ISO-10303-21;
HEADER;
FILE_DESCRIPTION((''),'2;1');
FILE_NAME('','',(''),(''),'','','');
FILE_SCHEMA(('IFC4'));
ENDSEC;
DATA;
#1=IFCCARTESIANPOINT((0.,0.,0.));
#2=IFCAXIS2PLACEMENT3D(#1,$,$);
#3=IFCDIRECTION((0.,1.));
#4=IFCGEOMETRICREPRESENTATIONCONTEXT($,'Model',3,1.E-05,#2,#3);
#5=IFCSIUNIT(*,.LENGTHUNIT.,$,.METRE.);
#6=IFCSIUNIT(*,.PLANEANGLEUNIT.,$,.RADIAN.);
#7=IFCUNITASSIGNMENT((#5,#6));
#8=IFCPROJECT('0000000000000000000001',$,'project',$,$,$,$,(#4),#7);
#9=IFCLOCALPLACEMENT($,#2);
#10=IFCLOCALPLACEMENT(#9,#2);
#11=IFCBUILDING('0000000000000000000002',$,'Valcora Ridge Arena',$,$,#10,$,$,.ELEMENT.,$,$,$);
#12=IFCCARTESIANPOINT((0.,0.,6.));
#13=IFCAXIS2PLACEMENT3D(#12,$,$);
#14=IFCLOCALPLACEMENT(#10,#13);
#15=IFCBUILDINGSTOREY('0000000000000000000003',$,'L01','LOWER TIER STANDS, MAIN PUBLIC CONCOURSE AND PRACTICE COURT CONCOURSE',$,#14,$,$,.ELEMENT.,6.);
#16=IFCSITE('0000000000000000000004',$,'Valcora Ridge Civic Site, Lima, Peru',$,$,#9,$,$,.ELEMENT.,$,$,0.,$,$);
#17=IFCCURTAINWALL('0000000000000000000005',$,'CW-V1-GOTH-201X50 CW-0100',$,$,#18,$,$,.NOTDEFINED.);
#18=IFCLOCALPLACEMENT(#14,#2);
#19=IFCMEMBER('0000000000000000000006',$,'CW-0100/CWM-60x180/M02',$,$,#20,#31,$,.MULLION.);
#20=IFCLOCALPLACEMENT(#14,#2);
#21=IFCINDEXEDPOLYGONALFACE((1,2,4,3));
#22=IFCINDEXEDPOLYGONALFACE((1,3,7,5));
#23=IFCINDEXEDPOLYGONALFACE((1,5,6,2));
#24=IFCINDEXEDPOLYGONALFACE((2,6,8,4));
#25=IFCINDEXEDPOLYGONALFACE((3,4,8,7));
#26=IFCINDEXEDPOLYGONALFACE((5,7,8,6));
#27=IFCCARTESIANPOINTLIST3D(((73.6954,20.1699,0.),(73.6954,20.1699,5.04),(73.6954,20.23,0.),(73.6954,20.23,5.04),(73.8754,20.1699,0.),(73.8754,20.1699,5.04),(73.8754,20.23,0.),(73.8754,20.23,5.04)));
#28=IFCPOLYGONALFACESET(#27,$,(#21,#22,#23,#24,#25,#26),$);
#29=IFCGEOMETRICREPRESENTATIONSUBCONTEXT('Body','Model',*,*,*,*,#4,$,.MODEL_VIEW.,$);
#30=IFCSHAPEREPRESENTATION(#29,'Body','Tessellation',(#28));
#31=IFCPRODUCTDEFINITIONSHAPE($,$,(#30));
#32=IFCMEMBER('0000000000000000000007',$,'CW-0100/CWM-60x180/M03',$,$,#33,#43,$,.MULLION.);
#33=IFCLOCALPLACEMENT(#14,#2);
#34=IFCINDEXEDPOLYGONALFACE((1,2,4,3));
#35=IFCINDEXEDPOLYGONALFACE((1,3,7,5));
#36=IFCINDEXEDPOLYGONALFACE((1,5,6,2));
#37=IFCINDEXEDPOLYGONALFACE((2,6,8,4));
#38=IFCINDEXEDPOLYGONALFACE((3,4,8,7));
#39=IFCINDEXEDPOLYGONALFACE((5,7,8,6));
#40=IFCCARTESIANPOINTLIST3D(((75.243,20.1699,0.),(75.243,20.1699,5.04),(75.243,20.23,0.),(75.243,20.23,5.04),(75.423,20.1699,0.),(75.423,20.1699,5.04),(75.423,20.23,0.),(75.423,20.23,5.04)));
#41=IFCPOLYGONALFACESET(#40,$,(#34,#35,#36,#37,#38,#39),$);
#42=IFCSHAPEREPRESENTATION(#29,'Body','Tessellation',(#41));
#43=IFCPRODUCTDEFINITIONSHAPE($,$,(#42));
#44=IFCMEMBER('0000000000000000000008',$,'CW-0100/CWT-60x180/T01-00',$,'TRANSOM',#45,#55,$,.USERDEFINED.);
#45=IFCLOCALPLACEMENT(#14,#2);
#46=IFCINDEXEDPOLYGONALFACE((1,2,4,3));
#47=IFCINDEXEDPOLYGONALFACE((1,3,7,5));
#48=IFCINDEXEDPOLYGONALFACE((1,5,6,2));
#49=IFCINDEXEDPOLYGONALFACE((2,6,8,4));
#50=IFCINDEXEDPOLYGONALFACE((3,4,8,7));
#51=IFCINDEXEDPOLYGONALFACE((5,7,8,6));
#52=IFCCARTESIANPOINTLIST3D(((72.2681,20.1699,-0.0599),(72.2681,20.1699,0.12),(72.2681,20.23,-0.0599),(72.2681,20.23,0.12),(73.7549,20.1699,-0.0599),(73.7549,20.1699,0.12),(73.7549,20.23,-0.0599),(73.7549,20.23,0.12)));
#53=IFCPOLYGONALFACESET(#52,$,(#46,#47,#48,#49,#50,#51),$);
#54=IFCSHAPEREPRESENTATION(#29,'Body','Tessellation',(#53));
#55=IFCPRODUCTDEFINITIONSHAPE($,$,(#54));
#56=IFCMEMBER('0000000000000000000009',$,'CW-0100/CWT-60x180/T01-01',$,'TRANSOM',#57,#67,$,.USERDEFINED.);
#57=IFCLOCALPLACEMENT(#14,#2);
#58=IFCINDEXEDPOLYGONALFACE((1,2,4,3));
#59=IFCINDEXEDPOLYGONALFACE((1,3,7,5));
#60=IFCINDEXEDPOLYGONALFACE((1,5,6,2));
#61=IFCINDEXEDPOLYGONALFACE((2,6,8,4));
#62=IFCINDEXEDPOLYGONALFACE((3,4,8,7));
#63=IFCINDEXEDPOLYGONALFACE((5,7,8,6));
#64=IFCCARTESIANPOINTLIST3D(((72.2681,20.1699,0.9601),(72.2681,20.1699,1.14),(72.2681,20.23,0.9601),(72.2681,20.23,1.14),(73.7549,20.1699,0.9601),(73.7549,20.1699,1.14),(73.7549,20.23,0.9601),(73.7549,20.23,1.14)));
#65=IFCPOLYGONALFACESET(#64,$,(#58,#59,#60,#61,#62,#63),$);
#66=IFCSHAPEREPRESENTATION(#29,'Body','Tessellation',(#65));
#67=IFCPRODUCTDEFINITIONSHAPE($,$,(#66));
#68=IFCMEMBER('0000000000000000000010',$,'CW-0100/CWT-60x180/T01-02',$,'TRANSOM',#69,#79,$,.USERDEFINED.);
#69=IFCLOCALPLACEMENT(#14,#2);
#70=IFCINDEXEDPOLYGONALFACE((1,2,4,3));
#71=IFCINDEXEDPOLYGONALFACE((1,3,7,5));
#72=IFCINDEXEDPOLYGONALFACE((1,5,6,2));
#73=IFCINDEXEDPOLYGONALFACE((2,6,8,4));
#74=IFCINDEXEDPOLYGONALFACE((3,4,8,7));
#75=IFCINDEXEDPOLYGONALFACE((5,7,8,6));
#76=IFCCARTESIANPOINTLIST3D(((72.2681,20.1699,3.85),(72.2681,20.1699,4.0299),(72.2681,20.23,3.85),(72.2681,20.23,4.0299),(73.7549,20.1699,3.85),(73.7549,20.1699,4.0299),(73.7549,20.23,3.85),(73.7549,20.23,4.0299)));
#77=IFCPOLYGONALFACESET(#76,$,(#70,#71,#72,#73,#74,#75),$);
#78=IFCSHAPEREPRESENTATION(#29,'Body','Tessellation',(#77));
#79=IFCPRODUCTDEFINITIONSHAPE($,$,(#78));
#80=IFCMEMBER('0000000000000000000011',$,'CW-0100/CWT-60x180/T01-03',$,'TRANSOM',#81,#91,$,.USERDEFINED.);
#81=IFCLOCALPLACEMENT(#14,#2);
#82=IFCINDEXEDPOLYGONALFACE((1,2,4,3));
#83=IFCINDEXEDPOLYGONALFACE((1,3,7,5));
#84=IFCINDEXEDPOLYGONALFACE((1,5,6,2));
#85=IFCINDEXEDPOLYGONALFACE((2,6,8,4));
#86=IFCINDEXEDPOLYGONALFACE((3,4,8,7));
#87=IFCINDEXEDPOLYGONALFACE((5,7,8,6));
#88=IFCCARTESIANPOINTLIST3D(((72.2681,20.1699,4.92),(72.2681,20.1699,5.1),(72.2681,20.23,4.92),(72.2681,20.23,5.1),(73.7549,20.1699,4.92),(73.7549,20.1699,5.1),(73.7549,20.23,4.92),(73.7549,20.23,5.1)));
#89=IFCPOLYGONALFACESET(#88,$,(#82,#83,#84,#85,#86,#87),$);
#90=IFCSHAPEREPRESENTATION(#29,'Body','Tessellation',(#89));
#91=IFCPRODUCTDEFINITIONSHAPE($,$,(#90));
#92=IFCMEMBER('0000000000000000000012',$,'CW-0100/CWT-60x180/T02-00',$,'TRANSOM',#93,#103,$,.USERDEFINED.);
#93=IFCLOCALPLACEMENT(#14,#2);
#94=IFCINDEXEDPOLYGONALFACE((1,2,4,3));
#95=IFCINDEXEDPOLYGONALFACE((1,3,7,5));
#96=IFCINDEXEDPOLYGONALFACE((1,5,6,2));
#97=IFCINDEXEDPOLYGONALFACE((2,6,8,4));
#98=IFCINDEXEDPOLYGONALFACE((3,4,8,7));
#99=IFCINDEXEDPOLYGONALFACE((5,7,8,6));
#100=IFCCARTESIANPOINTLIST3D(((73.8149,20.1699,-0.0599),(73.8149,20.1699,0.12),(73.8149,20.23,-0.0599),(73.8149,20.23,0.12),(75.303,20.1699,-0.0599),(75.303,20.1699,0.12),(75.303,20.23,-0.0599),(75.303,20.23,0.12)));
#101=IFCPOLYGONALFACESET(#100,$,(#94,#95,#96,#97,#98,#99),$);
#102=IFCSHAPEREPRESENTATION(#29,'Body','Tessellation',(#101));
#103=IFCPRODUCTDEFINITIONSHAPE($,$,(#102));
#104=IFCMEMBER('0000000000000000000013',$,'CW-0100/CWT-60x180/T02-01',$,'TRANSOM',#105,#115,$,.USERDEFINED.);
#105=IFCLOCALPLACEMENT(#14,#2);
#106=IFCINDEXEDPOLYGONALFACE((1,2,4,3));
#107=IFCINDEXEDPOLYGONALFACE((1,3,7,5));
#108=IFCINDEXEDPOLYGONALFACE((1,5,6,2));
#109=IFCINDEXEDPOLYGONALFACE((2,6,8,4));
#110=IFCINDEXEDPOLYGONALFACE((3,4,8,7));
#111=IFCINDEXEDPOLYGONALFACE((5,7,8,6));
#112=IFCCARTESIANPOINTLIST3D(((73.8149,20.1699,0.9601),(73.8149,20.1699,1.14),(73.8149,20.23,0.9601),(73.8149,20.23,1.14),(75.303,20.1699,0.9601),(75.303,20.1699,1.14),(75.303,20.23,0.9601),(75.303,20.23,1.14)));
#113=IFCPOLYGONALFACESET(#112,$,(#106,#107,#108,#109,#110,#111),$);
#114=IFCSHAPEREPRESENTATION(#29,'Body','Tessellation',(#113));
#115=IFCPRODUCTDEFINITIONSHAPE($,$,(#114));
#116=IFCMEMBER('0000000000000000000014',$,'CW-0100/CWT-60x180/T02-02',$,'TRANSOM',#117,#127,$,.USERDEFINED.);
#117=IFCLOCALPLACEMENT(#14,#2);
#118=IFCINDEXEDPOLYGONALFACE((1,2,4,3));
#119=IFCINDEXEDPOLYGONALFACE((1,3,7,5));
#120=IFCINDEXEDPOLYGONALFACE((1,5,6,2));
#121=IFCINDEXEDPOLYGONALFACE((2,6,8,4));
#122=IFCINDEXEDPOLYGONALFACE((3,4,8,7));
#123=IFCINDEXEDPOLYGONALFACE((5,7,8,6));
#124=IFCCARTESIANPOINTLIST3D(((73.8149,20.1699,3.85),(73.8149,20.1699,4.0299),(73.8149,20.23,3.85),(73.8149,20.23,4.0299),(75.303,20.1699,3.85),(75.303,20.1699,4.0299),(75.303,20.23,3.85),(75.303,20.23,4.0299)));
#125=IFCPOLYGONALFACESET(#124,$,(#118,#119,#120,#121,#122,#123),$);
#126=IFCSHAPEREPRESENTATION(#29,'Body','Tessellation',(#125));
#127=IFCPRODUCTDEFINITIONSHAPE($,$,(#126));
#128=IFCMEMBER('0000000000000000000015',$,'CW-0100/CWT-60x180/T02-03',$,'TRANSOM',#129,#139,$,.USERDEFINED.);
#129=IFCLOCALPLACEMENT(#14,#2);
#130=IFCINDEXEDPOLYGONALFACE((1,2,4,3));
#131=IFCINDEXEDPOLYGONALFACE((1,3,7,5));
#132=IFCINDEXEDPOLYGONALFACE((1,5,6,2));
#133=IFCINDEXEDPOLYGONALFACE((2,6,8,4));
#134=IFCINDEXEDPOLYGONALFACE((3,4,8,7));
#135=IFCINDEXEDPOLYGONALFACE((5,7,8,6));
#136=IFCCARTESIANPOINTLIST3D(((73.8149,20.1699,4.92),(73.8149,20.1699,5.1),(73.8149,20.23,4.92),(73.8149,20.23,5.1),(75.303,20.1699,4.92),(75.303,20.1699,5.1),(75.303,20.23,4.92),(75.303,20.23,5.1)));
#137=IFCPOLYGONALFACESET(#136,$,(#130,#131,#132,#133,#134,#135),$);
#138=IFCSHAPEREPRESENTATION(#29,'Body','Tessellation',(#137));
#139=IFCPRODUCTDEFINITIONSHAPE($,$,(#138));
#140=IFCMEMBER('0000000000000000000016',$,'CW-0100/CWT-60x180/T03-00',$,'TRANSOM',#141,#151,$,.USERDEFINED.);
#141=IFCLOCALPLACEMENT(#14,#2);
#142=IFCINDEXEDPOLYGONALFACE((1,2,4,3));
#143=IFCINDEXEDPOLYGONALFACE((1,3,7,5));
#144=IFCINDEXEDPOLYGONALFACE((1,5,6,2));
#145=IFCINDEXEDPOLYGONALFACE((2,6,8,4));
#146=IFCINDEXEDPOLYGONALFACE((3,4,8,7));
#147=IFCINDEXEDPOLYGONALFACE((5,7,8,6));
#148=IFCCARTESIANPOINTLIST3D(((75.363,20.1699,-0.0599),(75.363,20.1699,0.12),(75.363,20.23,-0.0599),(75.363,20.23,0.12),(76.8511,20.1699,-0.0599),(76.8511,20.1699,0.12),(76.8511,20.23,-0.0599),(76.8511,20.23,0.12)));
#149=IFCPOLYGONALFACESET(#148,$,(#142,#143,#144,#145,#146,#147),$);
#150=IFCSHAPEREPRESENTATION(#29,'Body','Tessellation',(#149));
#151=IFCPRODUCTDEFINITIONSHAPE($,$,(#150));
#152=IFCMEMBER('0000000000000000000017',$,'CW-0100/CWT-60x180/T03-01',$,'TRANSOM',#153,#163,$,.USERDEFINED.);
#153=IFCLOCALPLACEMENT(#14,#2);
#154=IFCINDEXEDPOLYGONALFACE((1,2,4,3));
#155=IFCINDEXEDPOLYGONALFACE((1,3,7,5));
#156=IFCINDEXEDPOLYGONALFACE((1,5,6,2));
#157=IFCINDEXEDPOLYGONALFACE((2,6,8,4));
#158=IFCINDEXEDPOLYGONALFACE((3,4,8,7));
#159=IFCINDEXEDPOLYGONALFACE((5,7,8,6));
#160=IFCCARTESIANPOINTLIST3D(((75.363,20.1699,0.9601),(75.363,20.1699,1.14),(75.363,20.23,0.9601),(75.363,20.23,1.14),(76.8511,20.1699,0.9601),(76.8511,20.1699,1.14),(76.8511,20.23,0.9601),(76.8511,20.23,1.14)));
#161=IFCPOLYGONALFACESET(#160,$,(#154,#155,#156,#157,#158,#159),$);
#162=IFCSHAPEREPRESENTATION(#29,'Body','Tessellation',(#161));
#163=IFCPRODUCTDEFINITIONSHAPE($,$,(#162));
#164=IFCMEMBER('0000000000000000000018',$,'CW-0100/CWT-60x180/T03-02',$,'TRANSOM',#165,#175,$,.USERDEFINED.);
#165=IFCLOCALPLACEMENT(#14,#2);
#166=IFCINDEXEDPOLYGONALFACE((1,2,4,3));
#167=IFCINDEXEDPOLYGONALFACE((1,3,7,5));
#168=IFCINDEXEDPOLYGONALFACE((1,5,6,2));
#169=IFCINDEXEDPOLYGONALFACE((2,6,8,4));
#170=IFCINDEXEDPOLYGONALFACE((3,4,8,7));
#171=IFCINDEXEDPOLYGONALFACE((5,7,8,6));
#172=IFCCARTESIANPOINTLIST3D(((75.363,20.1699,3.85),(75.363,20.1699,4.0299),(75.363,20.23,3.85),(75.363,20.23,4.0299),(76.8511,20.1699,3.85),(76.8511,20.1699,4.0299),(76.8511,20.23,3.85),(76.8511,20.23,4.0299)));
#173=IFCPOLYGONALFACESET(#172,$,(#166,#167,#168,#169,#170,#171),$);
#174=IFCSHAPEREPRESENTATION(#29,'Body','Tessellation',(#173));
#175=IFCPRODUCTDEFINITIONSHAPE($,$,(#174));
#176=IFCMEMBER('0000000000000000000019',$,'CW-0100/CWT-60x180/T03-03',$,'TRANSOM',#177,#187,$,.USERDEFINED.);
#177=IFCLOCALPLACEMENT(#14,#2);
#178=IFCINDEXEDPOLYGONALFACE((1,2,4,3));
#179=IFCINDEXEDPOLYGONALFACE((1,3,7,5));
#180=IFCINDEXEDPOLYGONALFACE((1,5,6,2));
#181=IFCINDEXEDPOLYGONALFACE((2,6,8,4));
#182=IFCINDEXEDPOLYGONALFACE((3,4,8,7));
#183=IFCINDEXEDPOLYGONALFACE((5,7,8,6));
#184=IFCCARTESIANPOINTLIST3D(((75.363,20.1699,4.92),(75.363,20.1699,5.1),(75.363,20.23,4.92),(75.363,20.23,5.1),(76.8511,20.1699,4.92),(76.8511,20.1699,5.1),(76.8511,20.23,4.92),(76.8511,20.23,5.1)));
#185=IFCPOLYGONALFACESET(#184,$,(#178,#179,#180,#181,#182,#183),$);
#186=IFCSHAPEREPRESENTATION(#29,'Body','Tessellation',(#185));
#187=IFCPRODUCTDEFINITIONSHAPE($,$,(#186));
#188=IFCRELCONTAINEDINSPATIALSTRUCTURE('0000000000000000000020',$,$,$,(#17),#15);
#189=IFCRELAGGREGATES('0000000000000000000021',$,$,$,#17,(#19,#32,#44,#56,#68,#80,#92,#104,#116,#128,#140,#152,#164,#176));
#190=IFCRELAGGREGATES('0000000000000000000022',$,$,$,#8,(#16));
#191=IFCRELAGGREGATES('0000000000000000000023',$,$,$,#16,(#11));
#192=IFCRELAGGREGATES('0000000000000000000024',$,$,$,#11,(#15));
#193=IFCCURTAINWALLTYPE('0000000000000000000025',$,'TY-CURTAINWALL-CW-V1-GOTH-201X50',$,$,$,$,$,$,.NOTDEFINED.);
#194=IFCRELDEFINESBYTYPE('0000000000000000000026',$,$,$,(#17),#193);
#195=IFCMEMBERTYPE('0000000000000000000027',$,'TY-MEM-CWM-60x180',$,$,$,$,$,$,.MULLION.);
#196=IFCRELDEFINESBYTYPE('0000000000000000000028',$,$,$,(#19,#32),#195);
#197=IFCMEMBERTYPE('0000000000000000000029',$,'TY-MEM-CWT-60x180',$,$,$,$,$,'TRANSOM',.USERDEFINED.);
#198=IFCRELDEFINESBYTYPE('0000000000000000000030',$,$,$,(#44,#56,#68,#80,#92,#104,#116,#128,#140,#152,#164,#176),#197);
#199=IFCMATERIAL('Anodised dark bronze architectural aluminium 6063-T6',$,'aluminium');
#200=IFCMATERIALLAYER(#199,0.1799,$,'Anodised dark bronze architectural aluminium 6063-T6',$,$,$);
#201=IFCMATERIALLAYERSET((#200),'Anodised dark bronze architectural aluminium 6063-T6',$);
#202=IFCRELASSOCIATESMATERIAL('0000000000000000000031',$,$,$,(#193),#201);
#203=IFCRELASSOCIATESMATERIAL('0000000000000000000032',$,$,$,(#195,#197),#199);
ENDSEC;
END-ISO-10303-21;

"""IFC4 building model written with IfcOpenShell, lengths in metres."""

from ifc_helpers import new_model, si_unit, direction, frame, origin, origin_2d, place, context, subcontext, project, spatial, rectangle, extrude, material, layer, layer_set, material_profile, profile_set, type_object, element, aggregate, save


model = new_model("IFC4")

# Units and contexts
model_context = context("Model", 3, precision=1e-05, world=origin(), true_north=direction((0.0, 1.0)))
body_context = subcontext(model_context, "Body", "Model", "MODEL_VIEW")
ifc_project = project(units=[si_unit("LENGTHUNIT", "METRE"), si_unit("PLANEANGLEUNIT", "RADIAN")], contexts=[model_context])

# Site, building, storey
site_placement = place(None, origin())
site = spatial("IfcSite", under=ifc_project, at=site_placement, Name="Valcora Ridge Civic Site, Lima, Peru", CompositionType="ELEMENT", RefElevation=0.0)
building_placement = place(site_placement, origin())
building = spatial("IfcBuilding", under=site, at=building_placement, Name="Valcora Ridge Arena", CompositionType="ELEMENT")
storey_placement = place(building_placement, frame((0.0, 0.0, 6.0)))
storey = spatial("IfcBuildingStorey", under=building, at=storey_placement, Name="L01", Description="LOWER TIER STANDS, MAIN PUBLIC CONCOURSE AND PRACTICE COURT CONCOURSE", CompositionType="ELEMENT", Elevation=6.0)

# Curtain wall, members
ifc_material_1 = material(Name="Anodised dark bronze architectural aluminium 6063-T6", Category="aluminium")
ifc_layer_1 = layer(ifc_material_1, 0.1799, Name="Anodised dark bronze architectural aluminium 6063-T6")
ifc_layer_set_1 = layer_set([ifc_layer_1], Name="Anodised dark bronze architectural aluminium 6063-T6")
curtain_wall_type = type_object("IfcCurtainWallType", Name="TY-CURTAINWALL-CW-V1-GOTH-201X50", PredefinedType="NOTDEFINED", material=ifc_layer_set_1)
curtain_wall_placement = place(storey_placement, origin())
curtain_wall = element("IfcCurtainWall", 1, at=curtain_wall_placement, inside=storey, type_object=curtain_wall_type, Name="CW-V1-GOTH-201X50 CW-0100", PredefinedType="NOTDEFINED")
ifc_material_profile_1 = material_profile(ifc_material_1, rectangle(XDim=0.0601, YDim=0.1799, at=origin_2d()), Name="ALU MULLION 60x180")
ifc_profile_set_1 = profile_set([ifc_material_profile_1], Name="Anodised dark bronze architectural aluminium 6063-T6")
member_type_1 = type_object("IfcMemberType", Name="TY-MEM-CWM-60x180", PredefinedType="MULLION", material=ifc_profile_set_1)
member_1_placement = place(storey_placement, frame((73.7854, 20.2, 0.0), z_axis=(0.0, 0.0, 1.0), x_axis=(0.0, 1.0, 0.0)))
member_1 = element("IfcMember", 2, at=member_1_placement, type_object=member_type_1, Name="CW-0100/CWM-60x180/M02", PredefinedType="MULLION", context=body_context, shape_type="SweptSolid", body=[
    extrude(rectangle(XDim=0.0601, YDim=0.1799, at=origin_2d()), origin(), (0.0, 0.0, 1.0), 5.04),
])
member_2_placement = place(storey_placement, frame((75.333, 20.2, 0.0), z_axis=(0.0, 0.0, 1.0), x_axis=(0.0, 1.0, 0.0)))
member_2 = element("IfcMember", 3, at=member_2_placement, type_object=member_type_1, Name="CW-0100/CWM-60x180/M03", PredefinedType="MULLION", context=body_context, shape_type="SweptSolid", body=[
    extrude(rectangle(XDim=0.0601, YDim=0.1799, at=origin_2d()), origin(), (0.0, 0.0, 1.0), 5.04),
])
ifc_material_profile_2 = material_profile(ifc_material_1, rectangle(XDim=0.0601, YDim=0.1799, at=origin_2d()), Name="ALU TRANSOM 60x180")
ifc_profile_set_2 = profile_set([ifc_material_profile_2], Name="Anodised dark bronze architectural aluminium 6063-T6")
member_type_2 = type_object("IfcMemberType", Name="TY-MEM-CWT-60x180", ElementType="TRANSOM", PredefinedType="USERDEFINED", material=ifc_profile_set_2)
member_3_placement = place(storey_placement, frame((72.2681, 20.2, 0.03), z_axis=(1.0, 0.0, 0.0), x_axis=(0.0, 1.0, 0.0)))
member_3 = element("IfcMember", 4, at=member_3_placement, type_object=member_type_2, Name="CW-0100/CWT-60x180/T01-00", ObjectType="TRANSOM", PredefinedType="USERDEFINED", context=body_context, shape_type="SweptSolid", body=[
    extrude(rectangle(XDim=0.0601, YDim=0.1799, at=origin_2d()), origin(), (0.0, 0.0, 1.0), 1.4868),
])
member_4_placement = place(storey_placement, frame((72.2681, 20.2, 1.05), z_axis=(1.0, 0.0, 0.0), x_axis=(0.0, 1.0, 0.0)))
member_4 = element("IfcMember", 5, at=member_4_placement, type_object=member_type_2, Name="CW-0100/CWT-60x180/T01-01", ObjectType="TRANSOM", PredefinedType="USERDEFINED", context=body_context, shape_type="SweptSolid", body=[
    extrude(rectangle(XDim=0.0601, YDim=0.1799, at=origin_2d()), origin(), (0.0, 0.0, 1.0), 1.4868),
])
member_5_placement = place(storey_placement, frame((72.2681, 20.2, 3.9399), z_axis=(1.0, 0.0, 0.0), x_axis=(0.0, 1.0, 0.0)))
member_5 = element("IfcMember", 6, at=member_5_placement, type_object=member_type_2, Name="CW-0100/CWT-60x180/T01-02", ObjectType="TRANSOM", PredefinedType="USERDEFINED", context=body_context, shape_type="SweptSolid", body=[
    extrude(rectangle(XDim=0.0601, YDim=0.1799, at=origin_2d()), origin(), (0.0, 0.0, 1.0), 1.4868),
])
member_6_placement = place(storey_placement, frame((72.2681, 20.2, 5.01), z_axis=(1.0, 0.0, 0.0), x_axis=(0.0, 1.0, 0.0)))
member_6 = element("IfcMember", 7, at=member_6_placement, type_object=member_type_2, Name="CW-0100/CWT-60x180/T01-03", ObjectType="TRANSOM", PredefinedType="USERDEFINED", context=body_context, shape_type="SweptSolid", body=[
    extrude(rectangle(XDim=0.0601, YDim=0.1799, at=origin_2d()), origin(), (0.0, 0.0, 1.0), 1.4868),
])
member_7_placement = place(storey_placement, frame((73.8149, 20.2, 0.03), z_axis=(1.0, 0.0, 0.0), x_axis=(0.0, 1.0, 0.0)))
member_7 = element("IfcMember", 8, at=member_7_placement, type_object=member_type_2, Name="CW-0100/CWT-60x180/T02-00", ObjectType="TRANSOM", PredefinedType="USERDEFINED", context=body_context, shape_type="SweptSolid", body=[
    extrude(rectangle(XDim=0.0601, YDim=0.1799, at=origin_2d()), origin(), (0.0, 0.0, 1.0), 1.488),
])
member_8_placement = place(storey_placement, frame((73.8149, 20.2, 1.05), z_axis=(1.0, 0.0, 0.0), x_axis=(0.0, 1.0, 0.0)))
member_8 = element("IfcMember", 9, at=member_8_placement, type_object=member_type_2, Name="CW-0100/CWT-60x180/T02-01", ObjectType="TRANSOM", PredefinedType="USERDEFINED", context=body_context, shape_type="SweptSolid", body=[
    extrude(rectangle(XDim=0.0601, YDim=0.1799, at=origin_2d()), origin(), (0.0, 0.0, 1.0), 1.488),
])
member_9_placement = place(storey_placement, frame((73.8149, 20.2, 3.9399), z_axis=(1.0, 0.0, 0.0), x_axis=(0.0, 1.0, 0.0)))
member_9 = element("IfcMember", 10, at=member_9_placement, type_object=member_type_2, Name="CW-0100/CWT-60x180/T02-02", ObjectType="TRANSOM", PredefinedType="USERDEFINED", context=body_context, shape_type="SweptSolid", body=[
    extrude(rectangle(XDim=0.0601, YDim=0.1799, at=origin_2d()), origin(), (0.0, 0.0, 1.0), 1.488),
])
member_10_placement = place(storey_placement, frame((73.8149, 20.2, 5.01), z_axis=(1.0, 0.0, 0.0), x_axis=(0.0, 1.0, 0.0)))
member_10 = element("IfcMember", 11, at=member_10_placement, type_object=member_type_2, Name="CW-0100/CWT-60x180/T02-03", ObjectType="TRANSOM", PredefinedType="USERDEFINED", context=body_context, shape_type="SweptSolid", body=[
    extrude(rectangle(XDim=0.0601, YDim=0.1799, at=origin_2d()), origin(), (0.0, 0.0, 1.0), 1.488),
])
member_11_placement = place(storey_placement, frame((75.363, 20.2, 0.03), z_axis=(1.0, 0.0, 0.0), x_axis=(0.0, 1.0, 0.0)))
member_11 = element("IfcMember", 12, at=member_11_placement, type_object=member_type_2, Name="CW-0100/CWT-60x180/T03-00", ObjectType="TRANSOM", PredefinedType="USERDEFINED", context=body_context, shape_type="SweptSolid", body=[
    extrude(rectangle(XDim=0.0601, YDim=0.1799, at=origin_2d()), origin(), (0.0, 0.0, 1.0), 1.488),
])
member_12_placement = place(storey_placement, frame((75.363, 20.2, 1.05), z_axis=(1.0, 0.0, 0.0), x_axis=(0.0, 1.0, 0.0)))
member_12 = element("IfcMember", 13, at=member_12_placement, type_object=member_type_2, Name="CW-0100/CWT-60x180/T03-01", ObjectType="TRANSOM", PredefinedType="USERDEFINED", context=body_context, shape_type="SweptSolid", body=[
    extrude(rectangle(XDim=0.0601, YDim=0.1799, at=origin_2d()), origin(), (0.0, 0.0, 1.0), 1.488),
])
member_13_placement = place(storey_placement, frame((75.363, 20.2, 3.9399), z_axis=(1.0, 0.0, 0.0), x_axis=(0.0, 1.0, 0.0)))
member_13 = element("IfcMember", 14, at=member_13_placement, type_object=member_type_2, Name="CW-0100/CWT-60x180/T03-02", ObjectType="TRANSOM", PredefinedType="USERDEFINED", context=body_context, shape_type="SweptSolid", body=[
    extrude(rectangle(XDim=0.0601, YDim=0.1799, at=origin_2d()), origin(), (0.0, 0.0, 1.0), 1.488),
])
member_14_placement = place(storey_placement, frame((75.363, 20.2, 5.01), z_axis=(1.0, 0.0, 0.0), x_axis=(0.0, 1.0, 0.0)))
member_14 = element("IfcMember", 15, at=member_14_placement, type_object=member_type_2, Name="CW-0100/CWT-60x180/T03-03", ObjectType="TRANSOM", PredefinedType="USERDEFINED", context=body_context, shape_type="SweptSolid", body=[
    extrude(rectangle(XDim=0.0601, YDim=0.1799, at=origin_2d()), origin(), (0.0, 0.0, 1.0), 1.488),
])
aggregate(curtain_wall, [member_1, member_2, member_3, member_4, member_5, member_6, member_7, member_8, member_9, member_10, member_11, member_12, member_13, member_14])

save(model, "model.ifc")
